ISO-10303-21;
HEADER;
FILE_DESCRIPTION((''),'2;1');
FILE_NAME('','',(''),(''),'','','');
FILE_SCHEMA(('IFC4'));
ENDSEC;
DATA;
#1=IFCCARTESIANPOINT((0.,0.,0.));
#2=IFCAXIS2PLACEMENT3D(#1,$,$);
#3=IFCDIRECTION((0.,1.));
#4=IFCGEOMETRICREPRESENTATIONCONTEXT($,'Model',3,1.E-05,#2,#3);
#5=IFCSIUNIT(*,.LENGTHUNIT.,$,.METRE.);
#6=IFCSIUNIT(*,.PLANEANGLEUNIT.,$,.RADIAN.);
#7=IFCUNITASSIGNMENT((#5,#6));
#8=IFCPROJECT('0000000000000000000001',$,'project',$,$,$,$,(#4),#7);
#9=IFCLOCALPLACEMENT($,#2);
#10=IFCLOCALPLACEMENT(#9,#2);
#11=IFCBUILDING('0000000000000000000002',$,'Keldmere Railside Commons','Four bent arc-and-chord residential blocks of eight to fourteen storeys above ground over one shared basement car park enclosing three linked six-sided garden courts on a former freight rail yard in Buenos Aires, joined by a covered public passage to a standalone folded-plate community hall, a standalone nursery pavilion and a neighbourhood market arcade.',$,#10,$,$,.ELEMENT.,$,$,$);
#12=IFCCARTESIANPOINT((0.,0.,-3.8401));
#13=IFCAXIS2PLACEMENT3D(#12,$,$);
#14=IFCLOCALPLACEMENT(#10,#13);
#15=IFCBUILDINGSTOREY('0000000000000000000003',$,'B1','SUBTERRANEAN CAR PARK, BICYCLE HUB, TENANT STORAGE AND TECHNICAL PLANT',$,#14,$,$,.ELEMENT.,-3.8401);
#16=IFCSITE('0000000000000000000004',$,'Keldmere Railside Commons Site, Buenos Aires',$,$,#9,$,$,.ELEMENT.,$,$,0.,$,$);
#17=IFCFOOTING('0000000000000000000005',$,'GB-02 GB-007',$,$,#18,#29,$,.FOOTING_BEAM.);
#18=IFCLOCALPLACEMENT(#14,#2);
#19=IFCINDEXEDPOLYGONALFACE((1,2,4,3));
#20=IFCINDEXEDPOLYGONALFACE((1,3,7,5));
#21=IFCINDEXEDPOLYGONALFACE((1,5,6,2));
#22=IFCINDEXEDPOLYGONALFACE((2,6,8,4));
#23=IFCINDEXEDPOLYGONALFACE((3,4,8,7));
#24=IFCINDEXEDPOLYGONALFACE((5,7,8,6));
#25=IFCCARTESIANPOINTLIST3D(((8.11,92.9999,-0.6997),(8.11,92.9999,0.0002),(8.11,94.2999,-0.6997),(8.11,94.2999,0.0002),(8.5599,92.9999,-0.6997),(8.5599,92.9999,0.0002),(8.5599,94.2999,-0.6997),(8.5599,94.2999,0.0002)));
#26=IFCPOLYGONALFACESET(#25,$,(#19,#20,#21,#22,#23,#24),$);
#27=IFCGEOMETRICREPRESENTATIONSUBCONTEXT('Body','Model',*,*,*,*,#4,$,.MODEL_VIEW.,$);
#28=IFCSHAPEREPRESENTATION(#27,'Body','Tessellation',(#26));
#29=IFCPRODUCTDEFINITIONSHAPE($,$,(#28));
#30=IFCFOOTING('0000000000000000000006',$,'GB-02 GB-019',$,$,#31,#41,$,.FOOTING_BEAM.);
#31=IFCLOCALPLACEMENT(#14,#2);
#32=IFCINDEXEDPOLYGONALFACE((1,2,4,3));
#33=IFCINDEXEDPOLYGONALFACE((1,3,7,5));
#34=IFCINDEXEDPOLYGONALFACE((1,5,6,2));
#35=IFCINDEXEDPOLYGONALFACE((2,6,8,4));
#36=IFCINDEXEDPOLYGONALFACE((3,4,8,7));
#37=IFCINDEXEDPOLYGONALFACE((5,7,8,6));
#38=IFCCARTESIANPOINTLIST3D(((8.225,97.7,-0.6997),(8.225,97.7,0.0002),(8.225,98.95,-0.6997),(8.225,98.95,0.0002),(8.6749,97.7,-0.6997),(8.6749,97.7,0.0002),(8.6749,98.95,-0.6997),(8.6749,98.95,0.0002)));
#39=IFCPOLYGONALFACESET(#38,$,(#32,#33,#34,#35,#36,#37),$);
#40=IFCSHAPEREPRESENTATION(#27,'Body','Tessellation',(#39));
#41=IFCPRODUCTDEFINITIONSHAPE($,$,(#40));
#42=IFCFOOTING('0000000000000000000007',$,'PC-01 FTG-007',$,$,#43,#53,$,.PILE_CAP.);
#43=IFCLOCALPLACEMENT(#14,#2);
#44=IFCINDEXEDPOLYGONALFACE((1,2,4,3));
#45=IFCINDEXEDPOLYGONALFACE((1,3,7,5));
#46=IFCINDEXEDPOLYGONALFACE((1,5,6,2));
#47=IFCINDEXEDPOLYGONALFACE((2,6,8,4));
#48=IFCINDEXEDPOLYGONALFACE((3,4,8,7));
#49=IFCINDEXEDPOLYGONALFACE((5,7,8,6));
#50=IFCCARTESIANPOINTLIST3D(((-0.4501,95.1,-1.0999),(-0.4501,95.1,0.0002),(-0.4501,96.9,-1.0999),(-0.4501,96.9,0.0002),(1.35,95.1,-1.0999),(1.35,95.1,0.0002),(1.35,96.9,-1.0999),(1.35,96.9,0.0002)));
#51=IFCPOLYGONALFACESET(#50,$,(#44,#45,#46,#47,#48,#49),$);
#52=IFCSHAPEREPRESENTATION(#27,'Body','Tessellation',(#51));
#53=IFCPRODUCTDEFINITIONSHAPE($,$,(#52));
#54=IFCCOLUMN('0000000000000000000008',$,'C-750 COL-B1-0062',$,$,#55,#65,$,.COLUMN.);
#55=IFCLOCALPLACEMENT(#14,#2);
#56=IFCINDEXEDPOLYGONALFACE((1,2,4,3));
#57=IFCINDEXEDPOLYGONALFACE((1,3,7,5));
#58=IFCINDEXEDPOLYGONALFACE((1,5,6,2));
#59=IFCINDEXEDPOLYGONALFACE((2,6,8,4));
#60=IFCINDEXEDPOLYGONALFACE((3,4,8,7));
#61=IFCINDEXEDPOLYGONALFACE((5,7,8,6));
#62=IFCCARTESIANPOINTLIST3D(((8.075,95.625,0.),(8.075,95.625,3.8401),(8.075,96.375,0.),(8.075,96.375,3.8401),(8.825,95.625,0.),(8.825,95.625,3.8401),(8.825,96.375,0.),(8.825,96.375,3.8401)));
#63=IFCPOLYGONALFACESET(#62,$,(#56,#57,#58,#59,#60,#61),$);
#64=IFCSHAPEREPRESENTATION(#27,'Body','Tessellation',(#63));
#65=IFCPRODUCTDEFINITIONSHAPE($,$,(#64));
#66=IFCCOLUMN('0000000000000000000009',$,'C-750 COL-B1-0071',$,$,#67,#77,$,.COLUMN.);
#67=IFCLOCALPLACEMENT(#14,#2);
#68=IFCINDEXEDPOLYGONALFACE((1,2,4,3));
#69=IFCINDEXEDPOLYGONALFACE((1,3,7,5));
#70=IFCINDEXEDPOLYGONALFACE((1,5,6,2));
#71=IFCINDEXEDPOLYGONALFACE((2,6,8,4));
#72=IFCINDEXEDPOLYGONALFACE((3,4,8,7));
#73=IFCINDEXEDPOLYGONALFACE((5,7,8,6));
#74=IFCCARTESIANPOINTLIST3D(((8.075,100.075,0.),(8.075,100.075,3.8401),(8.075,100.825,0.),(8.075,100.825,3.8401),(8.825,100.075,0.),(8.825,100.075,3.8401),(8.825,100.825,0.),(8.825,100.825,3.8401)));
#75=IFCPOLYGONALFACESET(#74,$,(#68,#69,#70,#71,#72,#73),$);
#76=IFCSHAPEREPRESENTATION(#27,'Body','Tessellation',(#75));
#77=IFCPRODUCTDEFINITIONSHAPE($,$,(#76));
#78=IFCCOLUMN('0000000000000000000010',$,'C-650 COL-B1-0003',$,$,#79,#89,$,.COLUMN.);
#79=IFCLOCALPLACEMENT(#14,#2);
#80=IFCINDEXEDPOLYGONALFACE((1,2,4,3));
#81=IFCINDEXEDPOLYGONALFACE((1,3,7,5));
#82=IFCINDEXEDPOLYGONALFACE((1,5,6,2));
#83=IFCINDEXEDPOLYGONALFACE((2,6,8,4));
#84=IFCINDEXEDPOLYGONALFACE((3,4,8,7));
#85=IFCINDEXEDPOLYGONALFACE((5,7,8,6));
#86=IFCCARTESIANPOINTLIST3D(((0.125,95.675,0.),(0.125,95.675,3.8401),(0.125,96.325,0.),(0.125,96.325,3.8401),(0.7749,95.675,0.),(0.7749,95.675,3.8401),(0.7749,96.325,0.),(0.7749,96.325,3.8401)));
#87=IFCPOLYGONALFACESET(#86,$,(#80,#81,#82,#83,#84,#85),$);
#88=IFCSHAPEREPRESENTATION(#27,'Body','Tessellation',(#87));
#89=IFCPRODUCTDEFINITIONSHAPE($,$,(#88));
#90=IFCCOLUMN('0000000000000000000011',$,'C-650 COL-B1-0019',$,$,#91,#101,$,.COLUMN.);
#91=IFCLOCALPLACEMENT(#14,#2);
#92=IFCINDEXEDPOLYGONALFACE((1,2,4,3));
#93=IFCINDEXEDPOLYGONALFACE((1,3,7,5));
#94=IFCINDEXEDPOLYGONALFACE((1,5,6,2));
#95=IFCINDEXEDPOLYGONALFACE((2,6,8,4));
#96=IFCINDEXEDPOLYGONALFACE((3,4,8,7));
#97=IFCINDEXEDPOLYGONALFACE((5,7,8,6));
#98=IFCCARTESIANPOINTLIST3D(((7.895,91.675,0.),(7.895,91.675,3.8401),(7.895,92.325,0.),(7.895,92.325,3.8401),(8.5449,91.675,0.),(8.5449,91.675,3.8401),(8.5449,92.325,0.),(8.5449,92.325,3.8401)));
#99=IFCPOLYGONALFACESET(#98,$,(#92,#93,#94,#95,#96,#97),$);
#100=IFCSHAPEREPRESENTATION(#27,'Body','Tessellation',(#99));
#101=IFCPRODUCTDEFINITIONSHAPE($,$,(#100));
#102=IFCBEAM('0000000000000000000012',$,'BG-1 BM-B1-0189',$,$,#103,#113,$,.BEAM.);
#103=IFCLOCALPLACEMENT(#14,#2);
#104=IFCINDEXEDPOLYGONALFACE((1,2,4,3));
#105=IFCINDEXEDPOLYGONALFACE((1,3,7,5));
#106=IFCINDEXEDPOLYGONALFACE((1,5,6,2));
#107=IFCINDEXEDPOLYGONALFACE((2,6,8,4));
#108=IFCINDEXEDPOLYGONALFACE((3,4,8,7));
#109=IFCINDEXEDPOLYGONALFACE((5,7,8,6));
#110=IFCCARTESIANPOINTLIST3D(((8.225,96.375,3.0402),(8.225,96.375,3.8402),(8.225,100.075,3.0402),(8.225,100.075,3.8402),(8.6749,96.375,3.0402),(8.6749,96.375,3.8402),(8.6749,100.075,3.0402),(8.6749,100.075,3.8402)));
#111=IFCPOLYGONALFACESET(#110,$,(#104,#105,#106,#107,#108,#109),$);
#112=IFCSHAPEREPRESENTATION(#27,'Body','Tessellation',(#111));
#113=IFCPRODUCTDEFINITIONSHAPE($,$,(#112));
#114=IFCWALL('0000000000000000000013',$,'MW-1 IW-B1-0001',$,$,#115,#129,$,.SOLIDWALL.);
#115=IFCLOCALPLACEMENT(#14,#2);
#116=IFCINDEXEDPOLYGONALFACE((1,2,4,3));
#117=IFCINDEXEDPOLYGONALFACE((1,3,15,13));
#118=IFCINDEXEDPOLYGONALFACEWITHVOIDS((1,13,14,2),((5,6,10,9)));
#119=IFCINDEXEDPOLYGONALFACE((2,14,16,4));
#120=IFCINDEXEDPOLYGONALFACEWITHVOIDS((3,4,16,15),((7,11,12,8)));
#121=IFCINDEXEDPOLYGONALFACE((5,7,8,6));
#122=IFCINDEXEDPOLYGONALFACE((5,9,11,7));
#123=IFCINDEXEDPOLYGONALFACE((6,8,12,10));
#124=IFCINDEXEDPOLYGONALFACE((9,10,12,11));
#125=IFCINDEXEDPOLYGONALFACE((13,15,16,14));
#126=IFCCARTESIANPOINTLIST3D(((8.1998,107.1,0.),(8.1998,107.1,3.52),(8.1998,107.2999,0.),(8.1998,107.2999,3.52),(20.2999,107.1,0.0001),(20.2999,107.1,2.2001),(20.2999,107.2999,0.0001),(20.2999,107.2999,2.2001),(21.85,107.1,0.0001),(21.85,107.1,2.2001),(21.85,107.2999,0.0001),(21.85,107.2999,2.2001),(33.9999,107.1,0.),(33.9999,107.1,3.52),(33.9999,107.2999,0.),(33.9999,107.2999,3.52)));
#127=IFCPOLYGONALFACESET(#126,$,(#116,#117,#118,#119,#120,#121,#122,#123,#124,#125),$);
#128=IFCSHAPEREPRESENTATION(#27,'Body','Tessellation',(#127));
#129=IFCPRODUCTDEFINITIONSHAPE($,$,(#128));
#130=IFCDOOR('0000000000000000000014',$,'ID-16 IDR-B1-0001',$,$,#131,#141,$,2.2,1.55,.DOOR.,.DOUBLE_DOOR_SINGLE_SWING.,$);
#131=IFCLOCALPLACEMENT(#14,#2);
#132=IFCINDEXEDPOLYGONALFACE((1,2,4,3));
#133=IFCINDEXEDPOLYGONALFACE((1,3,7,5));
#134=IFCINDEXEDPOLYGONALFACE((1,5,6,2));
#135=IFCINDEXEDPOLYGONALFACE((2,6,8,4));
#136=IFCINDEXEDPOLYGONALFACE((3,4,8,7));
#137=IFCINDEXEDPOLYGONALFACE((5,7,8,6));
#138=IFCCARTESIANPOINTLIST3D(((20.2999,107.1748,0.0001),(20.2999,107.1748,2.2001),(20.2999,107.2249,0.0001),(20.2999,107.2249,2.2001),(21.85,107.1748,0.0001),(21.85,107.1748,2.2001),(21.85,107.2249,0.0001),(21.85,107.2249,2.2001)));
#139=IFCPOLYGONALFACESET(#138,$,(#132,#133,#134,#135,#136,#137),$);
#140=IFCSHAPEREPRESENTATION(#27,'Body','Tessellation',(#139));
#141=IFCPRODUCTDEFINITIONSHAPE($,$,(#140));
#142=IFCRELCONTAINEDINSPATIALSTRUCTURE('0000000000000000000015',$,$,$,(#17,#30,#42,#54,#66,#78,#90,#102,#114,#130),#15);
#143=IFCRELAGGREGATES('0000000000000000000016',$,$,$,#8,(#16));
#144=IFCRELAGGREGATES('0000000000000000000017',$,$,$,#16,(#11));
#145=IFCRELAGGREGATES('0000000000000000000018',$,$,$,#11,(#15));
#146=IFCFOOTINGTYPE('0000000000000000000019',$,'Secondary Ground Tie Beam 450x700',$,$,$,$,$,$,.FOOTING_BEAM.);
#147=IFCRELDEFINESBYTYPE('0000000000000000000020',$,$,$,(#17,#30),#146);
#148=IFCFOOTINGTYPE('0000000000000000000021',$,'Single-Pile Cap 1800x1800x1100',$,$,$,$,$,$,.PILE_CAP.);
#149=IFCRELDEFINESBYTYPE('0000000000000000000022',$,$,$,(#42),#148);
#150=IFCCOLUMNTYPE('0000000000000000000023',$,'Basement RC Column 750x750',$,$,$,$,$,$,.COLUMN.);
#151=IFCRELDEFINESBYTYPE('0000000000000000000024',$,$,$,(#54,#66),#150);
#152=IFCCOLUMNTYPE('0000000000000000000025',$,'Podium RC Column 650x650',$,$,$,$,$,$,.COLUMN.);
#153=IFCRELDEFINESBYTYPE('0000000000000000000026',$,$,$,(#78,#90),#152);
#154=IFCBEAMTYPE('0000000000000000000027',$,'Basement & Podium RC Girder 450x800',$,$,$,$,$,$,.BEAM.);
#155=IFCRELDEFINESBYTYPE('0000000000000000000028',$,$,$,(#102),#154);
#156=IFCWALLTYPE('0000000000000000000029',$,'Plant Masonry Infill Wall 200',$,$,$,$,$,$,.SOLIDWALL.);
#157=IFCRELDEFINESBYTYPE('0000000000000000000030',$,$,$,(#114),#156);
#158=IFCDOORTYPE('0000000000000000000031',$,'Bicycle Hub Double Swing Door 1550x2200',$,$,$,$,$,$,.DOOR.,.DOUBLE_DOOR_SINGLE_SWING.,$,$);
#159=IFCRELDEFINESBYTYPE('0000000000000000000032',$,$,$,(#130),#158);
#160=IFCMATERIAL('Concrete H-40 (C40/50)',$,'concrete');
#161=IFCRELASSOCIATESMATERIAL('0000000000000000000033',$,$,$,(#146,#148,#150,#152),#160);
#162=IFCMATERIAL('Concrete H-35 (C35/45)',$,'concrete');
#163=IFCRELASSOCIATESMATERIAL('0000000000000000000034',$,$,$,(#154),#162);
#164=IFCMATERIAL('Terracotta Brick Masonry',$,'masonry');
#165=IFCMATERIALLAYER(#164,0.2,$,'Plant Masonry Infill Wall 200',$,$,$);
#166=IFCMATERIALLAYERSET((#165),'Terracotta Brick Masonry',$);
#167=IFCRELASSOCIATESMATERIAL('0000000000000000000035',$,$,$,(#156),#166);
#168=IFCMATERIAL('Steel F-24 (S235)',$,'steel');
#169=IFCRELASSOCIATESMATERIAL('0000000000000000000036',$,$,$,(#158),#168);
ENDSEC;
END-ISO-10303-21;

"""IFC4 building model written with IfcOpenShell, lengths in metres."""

from ifc_helpers import new_model, si_unit, direction, frame, frame_2d, origin, origin_2d, place, context, subcontext, project, spatial, rectangle, extrude, material, layer, layer_set, material_profile, profile_set, type_object, element, fill, save


model = new_model("IFC4")

# Units and contexts
model_context = context("Model", 3, precision=1e-05, world=origin(), true_north=direction((0.0, 1.0)))
body_context = subcontext(model_context, "Body", "Model", "MODEL_VIEW")
ifc_project = project(units=[si_unit("LENGTHUNIT", "METRE"), si_unit("PLANEANGLEUNIT", "RADIAN")], contexts=[model_context])

# Site, building, storey
site_placement = place(None, origin())
site = spatial("IfcSite", under=ifc_project, at=site_placement, Name="Keldmere Railside Commons Site, Buenos Aires", CompositionType="ELEMENT", RefElevation=0.0)
building_placement = place(site_placement, origin())
building = spatial("IfcBuilding", under=site, at=building_placement, Name="Keldmere Railside Commons", Description="Four bent arc-and-chord residential blocks of eight to fourteen storeys above ground over one shared basement car park enclosing three linked six-sided garden courts on a former freight rail yard in Buenos Aires, joined by a covered public passage to a standalone folded-plate community hall, a standalone nursery pavilion and a neighbourhood market arcade.", CompositionType="ELEMENT")
storey_placement = place(building_placement, frame((0.0, 0.0, -3.8401)))
storey = spatial("IfcBuildingStorey", under=building, at=storey_placement, Name="B1", Description="SUBTERRANEAN CAR PARK, BICYCLE HUB, TENANT STORAGE AND TECHNICAL PLANT", CompositionType="ELEMENT", Elevation=-3.8401)

# Footings
ifc_material_1 = material(Name="Concrete H-40 (C40/50)", Category="concrete")
footing_type_1 = type_object("IfcFootingType", Name="Secondary Ground Tie Beam 450x700", PredefinedType="FOOTING_BEAM", material=ifc_material_1)
footing_1_placement = place(storey_placement, frame((8.335, 93.6499, -0.6997), z_axis=(0.0, 0.0, 1.0), x_axis=(0.0, 1.0, 0.0)))
element("IfcFooting", 1, at=footing_1_placement, inside=storey, type_object=footing_type_1, Name="GB-02 GB-007", PredefinedType="FOOTING_BEAM", context=body_context, shape_type="SweptSolid", body=[
    extrude(rectangle(XDim=1.3, YDim=0.45, at=origin_2d()), origin(), (0.0, 0.0, 1.0), 0.7),
])
footing_2_placement = place(storey_placement, frame((8.45, 98.325, -0.6997), z_axis=(0.0, 0.0, 1.0), x_axis=(0.0, 1.0, 0.0)))
element("IfcFooting", 2, at=footing_2_placement, inside=storey, type_object=footing_type_1, Name="GB-02 GB-019", PredefinedType="FOOTING_BEAM", context=body_context, shape_type="SweptSolid", body=[
    extrude(rectangle(XDim=1.25, YDim=0.45, at=origin_2d()), origin(), (0.0, 0.0, 1.0), 0.7),
])
footing_type_2 = type_object("IfcFootingType", Name="Single-Pile Cap 1800x1800x1100", PredefinedType="PILE_CAP", material=ifc_material_1)
footing_3_placement = place(storey_placement, frame((0.45, 96.0, -1.0999), z_axis=(0.0, 0.0, 1.0), x_axis=(1.0, 0.0, 0.0)))
element("IfcFooting", 3, at=footing_3_placement, inside=storey, type_object=footing_type_2, Name="PC-01 FTG-007", PredefinedType="PILE_CAP", context=body_context, shape_type="SweptSolid", body=[
    extrude(rectangle(XDim=1.8, YDim=1.8, at=origin_2d()), origin(), (0.0, 0.0, 1.0), 1.1001),
])

# Columns
ifc_material_profile_1 = material_profile(ifc_material_1, rectangle(XDim=0.75, YDim=0.75, at=origin_2d()), Name="RC-750x750")
ifc_profile_set_1 = profile_set([ifc_material_profile_1], Name="Concrete H-40 (C40/50)")
column_type_1 = type_object("IfcColumnType", Name="Basement RC Column 750x750", PredefinedType="COLUMN", material=ifc_profile_set_1)
for number, where, z_axis, x_axis, name in (
    (4, (8.45, 96.0, 0.0), (0.0, 0.0, 1.0), (1.0, 0.0, 0.0), "C-750 COL-B1-0062"),
    (5, (8.45, 100.45, 0.0), (0.0, 0.0, 1.0), (1.0, 0.0, 0.0), "C-750 COL-B1-0071"),
):
    element("IfcColumn", number, at=place(storey_placement, frame(where, z_axis=z_axis, x_axis=x_axis)), inside=storey, type_object=column_type_1, Name=name, PredefinedType="COLUMN", context=body_context, shape_type="SweptSolid", body=[
        extrude(rectangle(XDim=0.75, YDim=0.75, at=origin_2d()), origin(), (0.0, 0.0, 1.0), 3.8401),
    ])
ifc_material_profile_2 = material_profile(ifc_material_1, rectangle(XDim=0.6499, YDim=0.6499, at=origin_2d()), Name="RC-650x650")
ifc_profile_set_2 = profile_set([ifc_material_profile_2], Name="Concrete H-40 (C40/50)")
column_type_2 = type_object("IfcColumnType", Name="Podium RC Column 650x650", PredefinedType="COLUMN", material=ifc_profile_set_2)
for number, where, z_axis, x_axis, name in (
    (6, (0.45, 96.0, 0.0), (0.0, 0.0, 1.0), (1.0, 0.0, 0.0), "C-650 COL-B1-0003"),
    (7, (8.22, 92.0, 0.0), (0.0, 0.0, 1.0), (1.0, 0.0, 0.0), "C-650 COL-B1-0019"),
):
    element("IfcColumn", number, at=place(storey_placement, frame(where, z_axis=z_axis, x_axis=x_axis)), inside=storey, type_object=column_type_2, Name=name, PredefinedType="COLUMN", context=body_context, shape_type="SweptSolid", body=[
        extrude(rectangle(XDim=0.6499, YDim=0.6499, at=origin_2d()), origin(), (0.0, 0.0, 1.0), 3.8401),
    ])

# Beam
ifc_material_2 = material(Name="Concrete H-35 (C35/45)", Category="concrete")
ifc_material_profile_3 = material_profile(ifc_material_2, rectangle(XDim=0.45, YDim=0.8, at=origin_2d()), Name="RC-450x800")
ifc_profile_set_3 = profile_set([ifc_material_profile_3], Name="Concrete H-35 (C35/45)")
beam_type = type_object("IfcBeamType", Name="Basement & Podium RC Girder 450x800", PredefinedType="BEAM", material=ifc_profile_set_3)
beam_placement = place(storey_placement, frame((8.45, 96.375, 3.4402), z_axis=(0.0, 1.0, 0.0), x_axis=(-1.0, 0.0, 0.0)))
element("IfcBeam", 8, at=beam_placement, inside=storey, type_object=beam_type, Name="BG-1 BM-B1-0189", PredefinedType="BEAM", context=body_context, shape_type="SweptSolid", body=[
    extrude(rectangle(XDim=0.45, YDim=0.8, at=origin_2d()), origin(), (0.0, 0.0, 1.0), 3.7),
])

# Wall, opening, door
ifc_material_3 = material(Name="Terracotta Brick Masonry", Category="masonry")
ifc_layer = layer(ifc_material_3, 0.2, Name="Plant Masonry Infill Wall 200")
ifc_layer_set = layer_set([ifc_layer], Name="Terracotta Brick Masonry")
wall_type = type_object("IfcWallType", Name="Plant Masonry Infill Wall 200", PredefinedType="SOLIDWALL", material=ifc_layer_set)
wall_placement = place(storey_placement, frame((8.2, 107.2, 0.0), z_axis=(0.0, 0.0, 1.0), x_axis=(1.0, 0.0, 0.0)))
wall = element("IfcWall", 9, at=wall_placement, inside=storey, type_object=wall_type, Name="MW-1 IW-B1-0001", PredefinedType="SOLIDWALL", context=body_context, shape_type="SweptSolid", body=[
    extrude(rectangle(XDim=25.8, YDim=0.2, at=frame_2d((12.8999, 0.0))), origin(), (0.0, 0.0, 1.0), 3.52),
])
opening_placement = place(wall_placement, frame((12.1001, 0.0, 0.0)))
opening = element("IfcOpeningElement", 10, at=opening_placement, cuts=wall, PredefinedType="OPENING", context=body_context, shape_type="SweptSolid", body=[
    extrude(rectangle(XDim=1.55, YDim=2.2, at=frame_2d((0.7749, 1.1001))), frame((0.0, 0.1099, 0.0), z_axis=(0.0, -1.0, 0.0), x_axis=(1.0, 0.0, 0.0)), (0.0, 0.0, 1.0), 0.22),
])
ifc_material_4 = material(Name="Steel F-24 (S235)", Category="steel")
door_type = type_object("IfcDoorType", Name="Bicycle Hub Double Swing Door 1550x2200", OperationType="DOUBLE_DOOR_SINGLE_SWING", PredefinedType="DOOR", material=ifc_material_4)
door_placement = place(opening_placement, origin())
door = element("IfcDoor", 11, at=door_placement, inside=storey, type_object=door_type, Name="ID-16 IDR-B1-0001", OperationType="DOUBLE_DOOR_SINGLE_SWING", OverallHeight=2.2, OverallWidth=1.55, PredefinedType="DOOR", context=body_context, shape_type="SweptSolid", body=[
    extrude(rectangle(XDim=1.55, YDim=2.2, at=frame_2d((0.7749, 1.1001))), frame((0.0, 0.0249, 0.0), z_axis=(0.0, -1.0, 0.0), x_axis=(1.0, 0.0, 0.0)), (0.0, 0.0, 1.0), 0.05),
])
fill(opening, door)

save(model, "model.ifc")
